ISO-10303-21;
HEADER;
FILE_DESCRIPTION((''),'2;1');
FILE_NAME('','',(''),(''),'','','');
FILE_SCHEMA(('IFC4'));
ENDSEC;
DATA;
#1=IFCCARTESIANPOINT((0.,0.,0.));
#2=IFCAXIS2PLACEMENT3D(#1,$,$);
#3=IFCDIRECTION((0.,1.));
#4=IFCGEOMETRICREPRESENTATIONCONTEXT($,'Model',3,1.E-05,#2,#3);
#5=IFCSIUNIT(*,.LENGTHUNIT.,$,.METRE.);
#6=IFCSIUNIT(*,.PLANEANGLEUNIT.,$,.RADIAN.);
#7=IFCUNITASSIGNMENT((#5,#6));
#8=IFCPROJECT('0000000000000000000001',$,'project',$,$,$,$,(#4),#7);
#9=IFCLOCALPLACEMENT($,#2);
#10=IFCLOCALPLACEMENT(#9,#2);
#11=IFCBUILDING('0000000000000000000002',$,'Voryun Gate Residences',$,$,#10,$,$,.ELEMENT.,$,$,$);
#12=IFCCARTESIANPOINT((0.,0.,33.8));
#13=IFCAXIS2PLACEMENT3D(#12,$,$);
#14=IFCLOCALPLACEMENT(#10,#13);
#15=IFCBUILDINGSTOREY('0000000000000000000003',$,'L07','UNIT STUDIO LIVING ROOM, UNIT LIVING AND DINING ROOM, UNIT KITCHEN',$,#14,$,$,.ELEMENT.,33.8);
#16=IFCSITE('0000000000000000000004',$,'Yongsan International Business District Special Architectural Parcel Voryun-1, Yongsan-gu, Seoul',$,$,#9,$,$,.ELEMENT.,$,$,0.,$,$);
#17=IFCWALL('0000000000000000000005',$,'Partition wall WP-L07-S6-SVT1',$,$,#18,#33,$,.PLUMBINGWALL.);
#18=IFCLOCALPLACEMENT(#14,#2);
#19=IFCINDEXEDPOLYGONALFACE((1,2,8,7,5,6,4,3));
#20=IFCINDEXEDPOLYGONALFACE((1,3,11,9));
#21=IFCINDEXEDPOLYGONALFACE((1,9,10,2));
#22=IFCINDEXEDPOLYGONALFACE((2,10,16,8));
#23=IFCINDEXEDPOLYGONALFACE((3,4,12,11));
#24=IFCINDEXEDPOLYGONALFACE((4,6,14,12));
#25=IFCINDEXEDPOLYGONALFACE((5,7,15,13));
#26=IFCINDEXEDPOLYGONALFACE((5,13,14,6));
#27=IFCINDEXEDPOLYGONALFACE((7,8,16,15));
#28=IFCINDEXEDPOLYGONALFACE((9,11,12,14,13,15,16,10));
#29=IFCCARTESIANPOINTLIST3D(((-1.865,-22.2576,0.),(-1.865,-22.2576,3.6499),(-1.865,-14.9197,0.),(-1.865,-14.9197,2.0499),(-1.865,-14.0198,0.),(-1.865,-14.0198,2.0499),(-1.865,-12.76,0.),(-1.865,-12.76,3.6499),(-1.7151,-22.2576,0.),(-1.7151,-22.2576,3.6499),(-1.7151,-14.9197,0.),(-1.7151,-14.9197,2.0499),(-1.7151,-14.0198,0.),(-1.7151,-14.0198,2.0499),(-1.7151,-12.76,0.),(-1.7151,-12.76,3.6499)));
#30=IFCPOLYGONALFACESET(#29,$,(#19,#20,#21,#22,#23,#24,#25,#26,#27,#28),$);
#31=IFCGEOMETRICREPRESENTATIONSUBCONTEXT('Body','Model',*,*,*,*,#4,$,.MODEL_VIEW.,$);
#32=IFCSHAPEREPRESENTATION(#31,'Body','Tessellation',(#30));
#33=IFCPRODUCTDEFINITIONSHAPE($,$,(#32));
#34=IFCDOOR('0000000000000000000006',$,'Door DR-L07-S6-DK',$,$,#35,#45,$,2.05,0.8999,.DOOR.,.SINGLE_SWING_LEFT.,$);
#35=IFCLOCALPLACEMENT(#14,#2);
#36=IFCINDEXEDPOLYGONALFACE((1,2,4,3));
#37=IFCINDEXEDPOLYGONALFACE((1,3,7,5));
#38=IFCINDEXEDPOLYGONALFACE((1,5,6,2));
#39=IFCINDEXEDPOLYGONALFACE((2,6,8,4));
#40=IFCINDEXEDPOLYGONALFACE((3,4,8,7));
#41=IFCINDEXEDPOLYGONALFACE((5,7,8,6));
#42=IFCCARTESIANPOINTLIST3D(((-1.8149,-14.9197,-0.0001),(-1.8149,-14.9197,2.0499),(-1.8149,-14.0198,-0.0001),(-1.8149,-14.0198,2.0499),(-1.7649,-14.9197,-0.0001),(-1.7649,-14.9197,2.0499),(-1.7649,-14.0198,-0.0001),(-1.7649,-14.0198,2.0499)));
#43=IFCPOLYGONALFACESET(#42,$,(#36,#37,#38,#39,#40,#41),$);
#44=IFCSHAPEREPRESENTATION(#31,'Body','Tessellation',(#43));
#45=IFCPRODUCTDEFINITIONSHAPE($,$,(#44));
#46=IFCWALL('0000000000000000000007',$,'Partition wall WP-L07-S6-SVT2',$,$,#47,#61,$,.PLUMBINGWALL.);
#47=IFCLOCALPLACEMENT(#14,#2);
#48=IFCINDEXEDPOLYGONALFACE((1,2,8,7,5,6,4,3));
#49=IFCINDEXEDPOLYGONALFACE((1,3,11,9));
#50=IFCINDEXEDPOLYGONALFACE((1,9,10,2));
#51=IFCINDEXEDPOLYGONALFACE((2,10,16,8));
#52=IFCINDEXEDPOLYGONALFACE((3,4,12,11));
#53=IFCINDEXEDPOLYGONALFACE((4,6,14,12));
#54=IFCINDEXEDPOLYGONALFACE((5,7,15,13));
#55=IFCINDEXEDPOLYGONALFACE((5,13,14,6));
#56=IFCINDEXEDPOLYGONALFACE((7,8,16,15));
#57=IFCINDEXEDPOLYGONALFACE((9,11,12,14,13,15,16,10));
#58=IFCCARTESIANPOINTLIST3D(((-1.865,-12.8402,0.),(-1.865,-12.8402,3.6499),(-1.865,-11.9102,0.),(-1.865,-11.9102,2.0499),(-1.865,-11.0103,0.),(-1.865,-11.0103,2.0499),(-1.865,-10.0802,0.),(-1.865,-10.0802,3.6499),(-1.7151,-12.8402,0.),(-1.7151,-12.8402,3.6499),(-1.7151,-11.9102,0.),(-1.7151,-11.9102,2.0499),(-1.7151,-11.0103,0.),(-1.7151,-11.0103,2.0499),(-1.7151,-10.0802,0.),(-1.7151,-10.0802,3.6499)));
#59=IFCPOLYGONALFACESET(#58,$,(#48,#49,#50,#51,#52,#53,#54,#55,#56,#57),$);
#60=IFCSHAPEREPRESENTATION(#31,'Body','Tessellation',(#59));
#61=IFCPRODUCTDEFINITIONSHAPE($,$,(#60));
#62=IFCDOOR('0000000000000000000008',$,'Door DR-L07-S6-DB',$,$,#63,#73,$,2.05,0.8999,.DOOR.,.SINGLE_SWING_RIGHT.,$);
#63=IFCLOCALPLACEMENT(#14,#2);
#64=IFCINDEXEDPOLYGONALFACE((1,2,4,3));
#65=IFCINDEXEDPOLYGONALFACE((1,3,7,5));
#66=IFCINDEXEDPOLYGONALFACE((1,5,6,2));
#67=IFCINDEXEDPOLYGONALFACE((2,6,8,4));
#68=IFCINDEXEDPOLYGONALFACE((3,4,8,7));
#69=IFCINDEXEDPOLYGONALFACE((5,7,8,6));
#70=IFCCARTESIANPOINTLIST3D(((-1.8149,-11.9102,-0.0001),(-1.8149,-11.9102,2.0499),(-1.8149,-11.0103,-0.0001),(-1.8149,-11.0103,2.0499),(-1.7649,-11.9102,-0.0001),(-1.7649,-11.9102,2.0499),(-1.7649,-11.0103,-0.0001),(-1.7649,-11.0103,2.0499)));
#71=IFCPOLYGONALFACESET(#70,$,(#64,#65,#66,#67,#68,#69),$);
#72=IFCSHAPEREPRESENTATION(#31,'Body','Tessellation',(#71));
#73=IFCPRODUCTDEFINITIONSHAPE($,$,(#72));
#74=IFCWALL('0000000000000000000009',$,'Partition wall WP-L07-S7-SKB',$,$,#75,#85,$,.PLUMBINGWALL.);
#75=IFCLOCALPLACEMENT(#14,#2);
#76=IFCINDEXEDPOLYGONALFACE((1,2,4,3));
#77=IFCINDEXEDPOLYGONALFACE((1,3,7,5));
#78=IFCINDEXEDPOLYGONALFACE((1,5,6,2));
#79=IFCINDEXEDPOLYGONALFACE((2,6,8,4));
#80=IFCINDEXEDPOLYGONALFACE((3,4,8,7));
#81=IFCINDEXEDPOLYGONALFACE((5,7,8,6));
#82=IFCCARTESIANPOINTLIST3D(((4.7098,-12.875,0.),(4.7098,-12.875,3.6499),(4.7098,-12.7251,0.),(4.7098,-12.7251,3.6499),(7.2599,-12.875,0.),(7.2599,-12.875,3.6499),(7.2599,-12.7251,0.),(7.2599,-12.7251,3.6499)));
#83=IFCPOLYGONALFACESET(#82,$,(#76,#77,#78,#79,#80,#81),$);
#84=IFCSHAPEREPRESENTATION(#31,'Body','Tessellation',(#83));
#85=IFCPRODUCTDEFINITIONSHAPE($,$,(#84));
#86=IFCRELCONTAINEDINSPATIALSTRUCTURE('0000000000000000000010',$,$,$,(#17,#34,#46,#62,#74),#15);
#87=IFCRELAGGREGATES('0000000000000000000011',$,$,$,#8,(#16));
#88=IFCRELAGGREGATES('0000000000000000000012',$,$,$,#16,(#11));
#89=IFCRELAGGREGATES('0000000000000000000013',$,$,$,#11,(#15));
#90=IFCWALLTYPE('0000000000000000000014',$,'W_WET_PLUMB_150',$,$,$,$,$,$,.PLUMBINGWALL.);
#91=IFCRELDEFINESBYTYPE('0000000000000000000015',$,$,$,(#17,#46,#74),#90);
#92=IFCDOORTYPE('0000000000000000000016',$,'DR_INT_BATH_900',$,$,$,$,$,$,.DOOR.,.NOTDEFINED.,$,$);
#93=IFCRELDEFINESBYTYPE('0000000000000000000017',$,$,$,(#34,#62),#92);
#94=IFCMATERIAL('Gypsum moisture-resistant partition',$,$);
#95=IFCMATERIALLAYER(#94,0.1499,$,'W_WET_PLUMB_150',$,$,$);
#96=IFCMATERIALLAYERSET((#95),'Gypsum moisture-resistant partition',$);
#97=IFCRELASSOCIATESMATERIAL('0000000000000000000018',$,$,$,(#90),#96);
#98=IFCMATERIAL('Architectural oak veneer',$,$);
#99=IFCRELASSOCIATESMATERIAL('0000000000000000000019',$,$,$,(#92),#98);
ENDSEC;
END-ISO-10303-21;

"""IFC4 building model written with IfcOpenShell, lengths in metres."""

from ifc_helpers import new_model, si_unit, direction, frame, frame_2d, origin, place, context, subcontext, project, spatial, rectangle, extrude, material, layer, layer_set, type_object, element, fill, save


model = new_model("IFC4")

# Units and contexts
model_context = context("Model", 3, precision=1e-05, world=origin(), true_north=direction((0.0, 1.0)))
body_context = subcontext(model_context, "Body", "Model", "MODEL_VIEW")
ifc_project = project(units=[si_unit("LENGTHUNIT", "METRE"), si_unit("PLANEANGLEUNIT", "RADIAN")], contexts=[model_context])

# Site, building, storey
site_placement = place(None, origin())
site = spatial("IfcSite", under=ifc_project, at=site_placement, Name="Yongsan International Business District Special Architectural Parcel Voryun-1, Yongsan-gu, Seoul", CompositionType="ELEMENT", RefElevation=0.0)
building_placement = place(site_placement, origin())
building = spatial("IfcBuilding", under=site, at=building_placement, Name="Voryun Gate Residences", CompositionType="ELEMENT")
storey_placement = place(building_placement, frame((0.0, 0.0, 33.8)))
storey = spatial("IfcBuildingStorey", under=building, at=storey_placement, Name="L07", Description="UNIT STUDIO LIVING ROOM, UNIT LIVING AND DINING ROOM, UNIT KITCHEN", CompositionType="ELEMENT", Elevation=33.8)

# Shared definitions
ifc_material_1 = material(Name="Gypsum moisture-resistant partition")
ifc_layer_1 = layer(ifc_material_1, 0.1499, Name="W_WET_PLUMB_150")
ifc_layer_set_1 = layer_set([ifc_layer_1], Name="Gypsum moisture-resistant partition")
wall_type_1 = type_object("IfcWallType", Name="W_WET_PLUMB_150", PredefinedType="PLUMBINGWALL", material=ifc_layer_set_1)

# Walls, openings, doors
wall_1_placement = place(storey_placement, frame((-1.79, -22.2576, 0.0), z_axis=(0.0, 0.0, 1.0), x_axis=(0.0, 1.0, 0.0)))
wall_1 = element("IfcWall", 1, at=wall_1_placement, inside=storey, type_object=wall_type_1, Name="Partition wall WP-L07-S6-SVT1", PredefinedType="PLUMBINGWALL", context=body_context, shape_type="SweptSolid", body=[
    extrude(rectangle(XDim=9.4976, YDim=0.1499, at=frame_2d((4.7488, 0.0))), origin(), (0.0, 0.0, 1.0), 3.6499),
])
opening_1_placement = place(wall_1_placement, frame((7.3379, 0.0, 0.0)))
opening_1 = element("IfcOpeningElement", 2, at=opening_1_placement, cuts=wall_1, PredefinedType="OPENING", context=body_context, shape_type="SweptSolid", body=[
    extrude(rectangle(XDim=0.8999, YDim=2.05, at=frame_2d((0.45, 1.0249))), frame((0.0, 0.085, 0.0), z_axis=(0.0, -1.0, 0.0), x_axis=(1.0, 0.0, 0.0)), (0.0, 0.0, 1.0), 0.1699),
])
ifc_material_2 = material(Name="Architectural oak veneer")
door_type_1 = type_object("IfcDoorType", Name="DR_INT_BATH_900", OperationType="NOTDEFINED", PredefinedType="DOOR", material=ifc_material_2)
door_1_placement = place(opening_1_placement, origin())
door_1 = element("IfcDoor", 3, at=door_1_placement, inside=storey, type_object=door_type_1, Name="Door DR-L07-S6-DK", OperationType="SINGLE_SWING_LEFT", OverallHeight=2.05, OverallWidth=0.8999, PredefinedType="DOOR", context=body_context, shape_type="SweptSolid", body=[
    extrude(rectangle(XDim=0.8999, YDim=2.05, at=frame_2d((0.45, 1.0249))), frame((0.0, 0.0249, 0.0), z_axis=(0.0, -1.0, 0.0), x_axis=(1.0, 0.0, 0.0)), (0.0, 0.0, 1.0), 0.05),
])
fill(opening_1, door_1)
wall_2_placement = place(storey_placement, frame((-1.79, -12.8401, 0.0), z_axis=(0.0, 0.0, 1.0), x_axis=(0.0, 1.0, 0.0)))
wall_2 = element("IfcWall", 4, at=wall_2_placement, inside=storey, type_object=wall_type_1, Name="Partition wall WP-L07-S6-SVT2", PredefinedType="PLUMBINGWALL", context=body_context, shape_type="SweptSolid", body=[
    extrude(rectangle(XDim=2.76, YDim=0.1499, at=frame_2d((1.3799, 0.0))), origin(), (0.0, 0.0, 1.0), 3.6499),
])
opening_2_placement = place(wall_2_placement, frame((0.9299, 0.0, 0.0)))
opening_2 = element("IfcOpeningElement", 5, at=opening_2_placement, cuts=wall_2, PredefinedType="OPENING", context=body_context, shape_type="SweptSolid", body=[
    extrude(rectangle(XDim=0.8999, YDim=2.05, at=frame_2d((0.45, 1.0249))), frame((0.0, 0.085, 0.0), z_axis=(0.0, -1.0, 0.0), x_axis=(1.0, 0.0, 0.0)), (0.0, 0.0, 1.0), 0.1699),
])
door_2_placement = place(opening_2_placement, origin())
door_2 = element("IfcDoor", 6, at=door_2_placement, inside=storey, type_object=door_type_1, Name="Door DR-L07-S6-DB", OperationType="SINGLE_SWING_RIGHT", OverallHeight=2.05, OverallWidth=0.8999, PredefinedType="DOOR", context=body_context, shape_type="SweptSolid", body=[
    extrude(rectangle(XDim=0.8999, YDim=2.05, at=frame_2d((0.45, 1.0249))), frame((0.0, 0.0249, 0.0), z_axis=(0.0, -1.0, 0.0), x_axis=(1.0, 0.0, 0.0)), (0.0, 0.0, 1.0), 0.05),
])
fill(opening_2, door_2)

# Wall
wall_3_placement = place(storey_placement, frame((4.71, -12.8, 0.0), z_axis=(0.0, 0.0, 1.0), x_axis=(1.0, 0.0, 0.0)))
element("IfcWall", 7, at=wall_3_placement, inside=storey, type_object=wall_type_1, Name="Partition wall WP-L07-S7-SKB", PredefinedType="PLUMBINGWALL", context=body_context, shape_type="SweptSolid", body=[
    extrude(rectangle(XDim=2.55, YDim=0.1499, at=frame_2d((1.2749, 0.0))), origin(), (0.0, 0.0, 1.0), 3.6499),
])

save(model, "model.ifc")
